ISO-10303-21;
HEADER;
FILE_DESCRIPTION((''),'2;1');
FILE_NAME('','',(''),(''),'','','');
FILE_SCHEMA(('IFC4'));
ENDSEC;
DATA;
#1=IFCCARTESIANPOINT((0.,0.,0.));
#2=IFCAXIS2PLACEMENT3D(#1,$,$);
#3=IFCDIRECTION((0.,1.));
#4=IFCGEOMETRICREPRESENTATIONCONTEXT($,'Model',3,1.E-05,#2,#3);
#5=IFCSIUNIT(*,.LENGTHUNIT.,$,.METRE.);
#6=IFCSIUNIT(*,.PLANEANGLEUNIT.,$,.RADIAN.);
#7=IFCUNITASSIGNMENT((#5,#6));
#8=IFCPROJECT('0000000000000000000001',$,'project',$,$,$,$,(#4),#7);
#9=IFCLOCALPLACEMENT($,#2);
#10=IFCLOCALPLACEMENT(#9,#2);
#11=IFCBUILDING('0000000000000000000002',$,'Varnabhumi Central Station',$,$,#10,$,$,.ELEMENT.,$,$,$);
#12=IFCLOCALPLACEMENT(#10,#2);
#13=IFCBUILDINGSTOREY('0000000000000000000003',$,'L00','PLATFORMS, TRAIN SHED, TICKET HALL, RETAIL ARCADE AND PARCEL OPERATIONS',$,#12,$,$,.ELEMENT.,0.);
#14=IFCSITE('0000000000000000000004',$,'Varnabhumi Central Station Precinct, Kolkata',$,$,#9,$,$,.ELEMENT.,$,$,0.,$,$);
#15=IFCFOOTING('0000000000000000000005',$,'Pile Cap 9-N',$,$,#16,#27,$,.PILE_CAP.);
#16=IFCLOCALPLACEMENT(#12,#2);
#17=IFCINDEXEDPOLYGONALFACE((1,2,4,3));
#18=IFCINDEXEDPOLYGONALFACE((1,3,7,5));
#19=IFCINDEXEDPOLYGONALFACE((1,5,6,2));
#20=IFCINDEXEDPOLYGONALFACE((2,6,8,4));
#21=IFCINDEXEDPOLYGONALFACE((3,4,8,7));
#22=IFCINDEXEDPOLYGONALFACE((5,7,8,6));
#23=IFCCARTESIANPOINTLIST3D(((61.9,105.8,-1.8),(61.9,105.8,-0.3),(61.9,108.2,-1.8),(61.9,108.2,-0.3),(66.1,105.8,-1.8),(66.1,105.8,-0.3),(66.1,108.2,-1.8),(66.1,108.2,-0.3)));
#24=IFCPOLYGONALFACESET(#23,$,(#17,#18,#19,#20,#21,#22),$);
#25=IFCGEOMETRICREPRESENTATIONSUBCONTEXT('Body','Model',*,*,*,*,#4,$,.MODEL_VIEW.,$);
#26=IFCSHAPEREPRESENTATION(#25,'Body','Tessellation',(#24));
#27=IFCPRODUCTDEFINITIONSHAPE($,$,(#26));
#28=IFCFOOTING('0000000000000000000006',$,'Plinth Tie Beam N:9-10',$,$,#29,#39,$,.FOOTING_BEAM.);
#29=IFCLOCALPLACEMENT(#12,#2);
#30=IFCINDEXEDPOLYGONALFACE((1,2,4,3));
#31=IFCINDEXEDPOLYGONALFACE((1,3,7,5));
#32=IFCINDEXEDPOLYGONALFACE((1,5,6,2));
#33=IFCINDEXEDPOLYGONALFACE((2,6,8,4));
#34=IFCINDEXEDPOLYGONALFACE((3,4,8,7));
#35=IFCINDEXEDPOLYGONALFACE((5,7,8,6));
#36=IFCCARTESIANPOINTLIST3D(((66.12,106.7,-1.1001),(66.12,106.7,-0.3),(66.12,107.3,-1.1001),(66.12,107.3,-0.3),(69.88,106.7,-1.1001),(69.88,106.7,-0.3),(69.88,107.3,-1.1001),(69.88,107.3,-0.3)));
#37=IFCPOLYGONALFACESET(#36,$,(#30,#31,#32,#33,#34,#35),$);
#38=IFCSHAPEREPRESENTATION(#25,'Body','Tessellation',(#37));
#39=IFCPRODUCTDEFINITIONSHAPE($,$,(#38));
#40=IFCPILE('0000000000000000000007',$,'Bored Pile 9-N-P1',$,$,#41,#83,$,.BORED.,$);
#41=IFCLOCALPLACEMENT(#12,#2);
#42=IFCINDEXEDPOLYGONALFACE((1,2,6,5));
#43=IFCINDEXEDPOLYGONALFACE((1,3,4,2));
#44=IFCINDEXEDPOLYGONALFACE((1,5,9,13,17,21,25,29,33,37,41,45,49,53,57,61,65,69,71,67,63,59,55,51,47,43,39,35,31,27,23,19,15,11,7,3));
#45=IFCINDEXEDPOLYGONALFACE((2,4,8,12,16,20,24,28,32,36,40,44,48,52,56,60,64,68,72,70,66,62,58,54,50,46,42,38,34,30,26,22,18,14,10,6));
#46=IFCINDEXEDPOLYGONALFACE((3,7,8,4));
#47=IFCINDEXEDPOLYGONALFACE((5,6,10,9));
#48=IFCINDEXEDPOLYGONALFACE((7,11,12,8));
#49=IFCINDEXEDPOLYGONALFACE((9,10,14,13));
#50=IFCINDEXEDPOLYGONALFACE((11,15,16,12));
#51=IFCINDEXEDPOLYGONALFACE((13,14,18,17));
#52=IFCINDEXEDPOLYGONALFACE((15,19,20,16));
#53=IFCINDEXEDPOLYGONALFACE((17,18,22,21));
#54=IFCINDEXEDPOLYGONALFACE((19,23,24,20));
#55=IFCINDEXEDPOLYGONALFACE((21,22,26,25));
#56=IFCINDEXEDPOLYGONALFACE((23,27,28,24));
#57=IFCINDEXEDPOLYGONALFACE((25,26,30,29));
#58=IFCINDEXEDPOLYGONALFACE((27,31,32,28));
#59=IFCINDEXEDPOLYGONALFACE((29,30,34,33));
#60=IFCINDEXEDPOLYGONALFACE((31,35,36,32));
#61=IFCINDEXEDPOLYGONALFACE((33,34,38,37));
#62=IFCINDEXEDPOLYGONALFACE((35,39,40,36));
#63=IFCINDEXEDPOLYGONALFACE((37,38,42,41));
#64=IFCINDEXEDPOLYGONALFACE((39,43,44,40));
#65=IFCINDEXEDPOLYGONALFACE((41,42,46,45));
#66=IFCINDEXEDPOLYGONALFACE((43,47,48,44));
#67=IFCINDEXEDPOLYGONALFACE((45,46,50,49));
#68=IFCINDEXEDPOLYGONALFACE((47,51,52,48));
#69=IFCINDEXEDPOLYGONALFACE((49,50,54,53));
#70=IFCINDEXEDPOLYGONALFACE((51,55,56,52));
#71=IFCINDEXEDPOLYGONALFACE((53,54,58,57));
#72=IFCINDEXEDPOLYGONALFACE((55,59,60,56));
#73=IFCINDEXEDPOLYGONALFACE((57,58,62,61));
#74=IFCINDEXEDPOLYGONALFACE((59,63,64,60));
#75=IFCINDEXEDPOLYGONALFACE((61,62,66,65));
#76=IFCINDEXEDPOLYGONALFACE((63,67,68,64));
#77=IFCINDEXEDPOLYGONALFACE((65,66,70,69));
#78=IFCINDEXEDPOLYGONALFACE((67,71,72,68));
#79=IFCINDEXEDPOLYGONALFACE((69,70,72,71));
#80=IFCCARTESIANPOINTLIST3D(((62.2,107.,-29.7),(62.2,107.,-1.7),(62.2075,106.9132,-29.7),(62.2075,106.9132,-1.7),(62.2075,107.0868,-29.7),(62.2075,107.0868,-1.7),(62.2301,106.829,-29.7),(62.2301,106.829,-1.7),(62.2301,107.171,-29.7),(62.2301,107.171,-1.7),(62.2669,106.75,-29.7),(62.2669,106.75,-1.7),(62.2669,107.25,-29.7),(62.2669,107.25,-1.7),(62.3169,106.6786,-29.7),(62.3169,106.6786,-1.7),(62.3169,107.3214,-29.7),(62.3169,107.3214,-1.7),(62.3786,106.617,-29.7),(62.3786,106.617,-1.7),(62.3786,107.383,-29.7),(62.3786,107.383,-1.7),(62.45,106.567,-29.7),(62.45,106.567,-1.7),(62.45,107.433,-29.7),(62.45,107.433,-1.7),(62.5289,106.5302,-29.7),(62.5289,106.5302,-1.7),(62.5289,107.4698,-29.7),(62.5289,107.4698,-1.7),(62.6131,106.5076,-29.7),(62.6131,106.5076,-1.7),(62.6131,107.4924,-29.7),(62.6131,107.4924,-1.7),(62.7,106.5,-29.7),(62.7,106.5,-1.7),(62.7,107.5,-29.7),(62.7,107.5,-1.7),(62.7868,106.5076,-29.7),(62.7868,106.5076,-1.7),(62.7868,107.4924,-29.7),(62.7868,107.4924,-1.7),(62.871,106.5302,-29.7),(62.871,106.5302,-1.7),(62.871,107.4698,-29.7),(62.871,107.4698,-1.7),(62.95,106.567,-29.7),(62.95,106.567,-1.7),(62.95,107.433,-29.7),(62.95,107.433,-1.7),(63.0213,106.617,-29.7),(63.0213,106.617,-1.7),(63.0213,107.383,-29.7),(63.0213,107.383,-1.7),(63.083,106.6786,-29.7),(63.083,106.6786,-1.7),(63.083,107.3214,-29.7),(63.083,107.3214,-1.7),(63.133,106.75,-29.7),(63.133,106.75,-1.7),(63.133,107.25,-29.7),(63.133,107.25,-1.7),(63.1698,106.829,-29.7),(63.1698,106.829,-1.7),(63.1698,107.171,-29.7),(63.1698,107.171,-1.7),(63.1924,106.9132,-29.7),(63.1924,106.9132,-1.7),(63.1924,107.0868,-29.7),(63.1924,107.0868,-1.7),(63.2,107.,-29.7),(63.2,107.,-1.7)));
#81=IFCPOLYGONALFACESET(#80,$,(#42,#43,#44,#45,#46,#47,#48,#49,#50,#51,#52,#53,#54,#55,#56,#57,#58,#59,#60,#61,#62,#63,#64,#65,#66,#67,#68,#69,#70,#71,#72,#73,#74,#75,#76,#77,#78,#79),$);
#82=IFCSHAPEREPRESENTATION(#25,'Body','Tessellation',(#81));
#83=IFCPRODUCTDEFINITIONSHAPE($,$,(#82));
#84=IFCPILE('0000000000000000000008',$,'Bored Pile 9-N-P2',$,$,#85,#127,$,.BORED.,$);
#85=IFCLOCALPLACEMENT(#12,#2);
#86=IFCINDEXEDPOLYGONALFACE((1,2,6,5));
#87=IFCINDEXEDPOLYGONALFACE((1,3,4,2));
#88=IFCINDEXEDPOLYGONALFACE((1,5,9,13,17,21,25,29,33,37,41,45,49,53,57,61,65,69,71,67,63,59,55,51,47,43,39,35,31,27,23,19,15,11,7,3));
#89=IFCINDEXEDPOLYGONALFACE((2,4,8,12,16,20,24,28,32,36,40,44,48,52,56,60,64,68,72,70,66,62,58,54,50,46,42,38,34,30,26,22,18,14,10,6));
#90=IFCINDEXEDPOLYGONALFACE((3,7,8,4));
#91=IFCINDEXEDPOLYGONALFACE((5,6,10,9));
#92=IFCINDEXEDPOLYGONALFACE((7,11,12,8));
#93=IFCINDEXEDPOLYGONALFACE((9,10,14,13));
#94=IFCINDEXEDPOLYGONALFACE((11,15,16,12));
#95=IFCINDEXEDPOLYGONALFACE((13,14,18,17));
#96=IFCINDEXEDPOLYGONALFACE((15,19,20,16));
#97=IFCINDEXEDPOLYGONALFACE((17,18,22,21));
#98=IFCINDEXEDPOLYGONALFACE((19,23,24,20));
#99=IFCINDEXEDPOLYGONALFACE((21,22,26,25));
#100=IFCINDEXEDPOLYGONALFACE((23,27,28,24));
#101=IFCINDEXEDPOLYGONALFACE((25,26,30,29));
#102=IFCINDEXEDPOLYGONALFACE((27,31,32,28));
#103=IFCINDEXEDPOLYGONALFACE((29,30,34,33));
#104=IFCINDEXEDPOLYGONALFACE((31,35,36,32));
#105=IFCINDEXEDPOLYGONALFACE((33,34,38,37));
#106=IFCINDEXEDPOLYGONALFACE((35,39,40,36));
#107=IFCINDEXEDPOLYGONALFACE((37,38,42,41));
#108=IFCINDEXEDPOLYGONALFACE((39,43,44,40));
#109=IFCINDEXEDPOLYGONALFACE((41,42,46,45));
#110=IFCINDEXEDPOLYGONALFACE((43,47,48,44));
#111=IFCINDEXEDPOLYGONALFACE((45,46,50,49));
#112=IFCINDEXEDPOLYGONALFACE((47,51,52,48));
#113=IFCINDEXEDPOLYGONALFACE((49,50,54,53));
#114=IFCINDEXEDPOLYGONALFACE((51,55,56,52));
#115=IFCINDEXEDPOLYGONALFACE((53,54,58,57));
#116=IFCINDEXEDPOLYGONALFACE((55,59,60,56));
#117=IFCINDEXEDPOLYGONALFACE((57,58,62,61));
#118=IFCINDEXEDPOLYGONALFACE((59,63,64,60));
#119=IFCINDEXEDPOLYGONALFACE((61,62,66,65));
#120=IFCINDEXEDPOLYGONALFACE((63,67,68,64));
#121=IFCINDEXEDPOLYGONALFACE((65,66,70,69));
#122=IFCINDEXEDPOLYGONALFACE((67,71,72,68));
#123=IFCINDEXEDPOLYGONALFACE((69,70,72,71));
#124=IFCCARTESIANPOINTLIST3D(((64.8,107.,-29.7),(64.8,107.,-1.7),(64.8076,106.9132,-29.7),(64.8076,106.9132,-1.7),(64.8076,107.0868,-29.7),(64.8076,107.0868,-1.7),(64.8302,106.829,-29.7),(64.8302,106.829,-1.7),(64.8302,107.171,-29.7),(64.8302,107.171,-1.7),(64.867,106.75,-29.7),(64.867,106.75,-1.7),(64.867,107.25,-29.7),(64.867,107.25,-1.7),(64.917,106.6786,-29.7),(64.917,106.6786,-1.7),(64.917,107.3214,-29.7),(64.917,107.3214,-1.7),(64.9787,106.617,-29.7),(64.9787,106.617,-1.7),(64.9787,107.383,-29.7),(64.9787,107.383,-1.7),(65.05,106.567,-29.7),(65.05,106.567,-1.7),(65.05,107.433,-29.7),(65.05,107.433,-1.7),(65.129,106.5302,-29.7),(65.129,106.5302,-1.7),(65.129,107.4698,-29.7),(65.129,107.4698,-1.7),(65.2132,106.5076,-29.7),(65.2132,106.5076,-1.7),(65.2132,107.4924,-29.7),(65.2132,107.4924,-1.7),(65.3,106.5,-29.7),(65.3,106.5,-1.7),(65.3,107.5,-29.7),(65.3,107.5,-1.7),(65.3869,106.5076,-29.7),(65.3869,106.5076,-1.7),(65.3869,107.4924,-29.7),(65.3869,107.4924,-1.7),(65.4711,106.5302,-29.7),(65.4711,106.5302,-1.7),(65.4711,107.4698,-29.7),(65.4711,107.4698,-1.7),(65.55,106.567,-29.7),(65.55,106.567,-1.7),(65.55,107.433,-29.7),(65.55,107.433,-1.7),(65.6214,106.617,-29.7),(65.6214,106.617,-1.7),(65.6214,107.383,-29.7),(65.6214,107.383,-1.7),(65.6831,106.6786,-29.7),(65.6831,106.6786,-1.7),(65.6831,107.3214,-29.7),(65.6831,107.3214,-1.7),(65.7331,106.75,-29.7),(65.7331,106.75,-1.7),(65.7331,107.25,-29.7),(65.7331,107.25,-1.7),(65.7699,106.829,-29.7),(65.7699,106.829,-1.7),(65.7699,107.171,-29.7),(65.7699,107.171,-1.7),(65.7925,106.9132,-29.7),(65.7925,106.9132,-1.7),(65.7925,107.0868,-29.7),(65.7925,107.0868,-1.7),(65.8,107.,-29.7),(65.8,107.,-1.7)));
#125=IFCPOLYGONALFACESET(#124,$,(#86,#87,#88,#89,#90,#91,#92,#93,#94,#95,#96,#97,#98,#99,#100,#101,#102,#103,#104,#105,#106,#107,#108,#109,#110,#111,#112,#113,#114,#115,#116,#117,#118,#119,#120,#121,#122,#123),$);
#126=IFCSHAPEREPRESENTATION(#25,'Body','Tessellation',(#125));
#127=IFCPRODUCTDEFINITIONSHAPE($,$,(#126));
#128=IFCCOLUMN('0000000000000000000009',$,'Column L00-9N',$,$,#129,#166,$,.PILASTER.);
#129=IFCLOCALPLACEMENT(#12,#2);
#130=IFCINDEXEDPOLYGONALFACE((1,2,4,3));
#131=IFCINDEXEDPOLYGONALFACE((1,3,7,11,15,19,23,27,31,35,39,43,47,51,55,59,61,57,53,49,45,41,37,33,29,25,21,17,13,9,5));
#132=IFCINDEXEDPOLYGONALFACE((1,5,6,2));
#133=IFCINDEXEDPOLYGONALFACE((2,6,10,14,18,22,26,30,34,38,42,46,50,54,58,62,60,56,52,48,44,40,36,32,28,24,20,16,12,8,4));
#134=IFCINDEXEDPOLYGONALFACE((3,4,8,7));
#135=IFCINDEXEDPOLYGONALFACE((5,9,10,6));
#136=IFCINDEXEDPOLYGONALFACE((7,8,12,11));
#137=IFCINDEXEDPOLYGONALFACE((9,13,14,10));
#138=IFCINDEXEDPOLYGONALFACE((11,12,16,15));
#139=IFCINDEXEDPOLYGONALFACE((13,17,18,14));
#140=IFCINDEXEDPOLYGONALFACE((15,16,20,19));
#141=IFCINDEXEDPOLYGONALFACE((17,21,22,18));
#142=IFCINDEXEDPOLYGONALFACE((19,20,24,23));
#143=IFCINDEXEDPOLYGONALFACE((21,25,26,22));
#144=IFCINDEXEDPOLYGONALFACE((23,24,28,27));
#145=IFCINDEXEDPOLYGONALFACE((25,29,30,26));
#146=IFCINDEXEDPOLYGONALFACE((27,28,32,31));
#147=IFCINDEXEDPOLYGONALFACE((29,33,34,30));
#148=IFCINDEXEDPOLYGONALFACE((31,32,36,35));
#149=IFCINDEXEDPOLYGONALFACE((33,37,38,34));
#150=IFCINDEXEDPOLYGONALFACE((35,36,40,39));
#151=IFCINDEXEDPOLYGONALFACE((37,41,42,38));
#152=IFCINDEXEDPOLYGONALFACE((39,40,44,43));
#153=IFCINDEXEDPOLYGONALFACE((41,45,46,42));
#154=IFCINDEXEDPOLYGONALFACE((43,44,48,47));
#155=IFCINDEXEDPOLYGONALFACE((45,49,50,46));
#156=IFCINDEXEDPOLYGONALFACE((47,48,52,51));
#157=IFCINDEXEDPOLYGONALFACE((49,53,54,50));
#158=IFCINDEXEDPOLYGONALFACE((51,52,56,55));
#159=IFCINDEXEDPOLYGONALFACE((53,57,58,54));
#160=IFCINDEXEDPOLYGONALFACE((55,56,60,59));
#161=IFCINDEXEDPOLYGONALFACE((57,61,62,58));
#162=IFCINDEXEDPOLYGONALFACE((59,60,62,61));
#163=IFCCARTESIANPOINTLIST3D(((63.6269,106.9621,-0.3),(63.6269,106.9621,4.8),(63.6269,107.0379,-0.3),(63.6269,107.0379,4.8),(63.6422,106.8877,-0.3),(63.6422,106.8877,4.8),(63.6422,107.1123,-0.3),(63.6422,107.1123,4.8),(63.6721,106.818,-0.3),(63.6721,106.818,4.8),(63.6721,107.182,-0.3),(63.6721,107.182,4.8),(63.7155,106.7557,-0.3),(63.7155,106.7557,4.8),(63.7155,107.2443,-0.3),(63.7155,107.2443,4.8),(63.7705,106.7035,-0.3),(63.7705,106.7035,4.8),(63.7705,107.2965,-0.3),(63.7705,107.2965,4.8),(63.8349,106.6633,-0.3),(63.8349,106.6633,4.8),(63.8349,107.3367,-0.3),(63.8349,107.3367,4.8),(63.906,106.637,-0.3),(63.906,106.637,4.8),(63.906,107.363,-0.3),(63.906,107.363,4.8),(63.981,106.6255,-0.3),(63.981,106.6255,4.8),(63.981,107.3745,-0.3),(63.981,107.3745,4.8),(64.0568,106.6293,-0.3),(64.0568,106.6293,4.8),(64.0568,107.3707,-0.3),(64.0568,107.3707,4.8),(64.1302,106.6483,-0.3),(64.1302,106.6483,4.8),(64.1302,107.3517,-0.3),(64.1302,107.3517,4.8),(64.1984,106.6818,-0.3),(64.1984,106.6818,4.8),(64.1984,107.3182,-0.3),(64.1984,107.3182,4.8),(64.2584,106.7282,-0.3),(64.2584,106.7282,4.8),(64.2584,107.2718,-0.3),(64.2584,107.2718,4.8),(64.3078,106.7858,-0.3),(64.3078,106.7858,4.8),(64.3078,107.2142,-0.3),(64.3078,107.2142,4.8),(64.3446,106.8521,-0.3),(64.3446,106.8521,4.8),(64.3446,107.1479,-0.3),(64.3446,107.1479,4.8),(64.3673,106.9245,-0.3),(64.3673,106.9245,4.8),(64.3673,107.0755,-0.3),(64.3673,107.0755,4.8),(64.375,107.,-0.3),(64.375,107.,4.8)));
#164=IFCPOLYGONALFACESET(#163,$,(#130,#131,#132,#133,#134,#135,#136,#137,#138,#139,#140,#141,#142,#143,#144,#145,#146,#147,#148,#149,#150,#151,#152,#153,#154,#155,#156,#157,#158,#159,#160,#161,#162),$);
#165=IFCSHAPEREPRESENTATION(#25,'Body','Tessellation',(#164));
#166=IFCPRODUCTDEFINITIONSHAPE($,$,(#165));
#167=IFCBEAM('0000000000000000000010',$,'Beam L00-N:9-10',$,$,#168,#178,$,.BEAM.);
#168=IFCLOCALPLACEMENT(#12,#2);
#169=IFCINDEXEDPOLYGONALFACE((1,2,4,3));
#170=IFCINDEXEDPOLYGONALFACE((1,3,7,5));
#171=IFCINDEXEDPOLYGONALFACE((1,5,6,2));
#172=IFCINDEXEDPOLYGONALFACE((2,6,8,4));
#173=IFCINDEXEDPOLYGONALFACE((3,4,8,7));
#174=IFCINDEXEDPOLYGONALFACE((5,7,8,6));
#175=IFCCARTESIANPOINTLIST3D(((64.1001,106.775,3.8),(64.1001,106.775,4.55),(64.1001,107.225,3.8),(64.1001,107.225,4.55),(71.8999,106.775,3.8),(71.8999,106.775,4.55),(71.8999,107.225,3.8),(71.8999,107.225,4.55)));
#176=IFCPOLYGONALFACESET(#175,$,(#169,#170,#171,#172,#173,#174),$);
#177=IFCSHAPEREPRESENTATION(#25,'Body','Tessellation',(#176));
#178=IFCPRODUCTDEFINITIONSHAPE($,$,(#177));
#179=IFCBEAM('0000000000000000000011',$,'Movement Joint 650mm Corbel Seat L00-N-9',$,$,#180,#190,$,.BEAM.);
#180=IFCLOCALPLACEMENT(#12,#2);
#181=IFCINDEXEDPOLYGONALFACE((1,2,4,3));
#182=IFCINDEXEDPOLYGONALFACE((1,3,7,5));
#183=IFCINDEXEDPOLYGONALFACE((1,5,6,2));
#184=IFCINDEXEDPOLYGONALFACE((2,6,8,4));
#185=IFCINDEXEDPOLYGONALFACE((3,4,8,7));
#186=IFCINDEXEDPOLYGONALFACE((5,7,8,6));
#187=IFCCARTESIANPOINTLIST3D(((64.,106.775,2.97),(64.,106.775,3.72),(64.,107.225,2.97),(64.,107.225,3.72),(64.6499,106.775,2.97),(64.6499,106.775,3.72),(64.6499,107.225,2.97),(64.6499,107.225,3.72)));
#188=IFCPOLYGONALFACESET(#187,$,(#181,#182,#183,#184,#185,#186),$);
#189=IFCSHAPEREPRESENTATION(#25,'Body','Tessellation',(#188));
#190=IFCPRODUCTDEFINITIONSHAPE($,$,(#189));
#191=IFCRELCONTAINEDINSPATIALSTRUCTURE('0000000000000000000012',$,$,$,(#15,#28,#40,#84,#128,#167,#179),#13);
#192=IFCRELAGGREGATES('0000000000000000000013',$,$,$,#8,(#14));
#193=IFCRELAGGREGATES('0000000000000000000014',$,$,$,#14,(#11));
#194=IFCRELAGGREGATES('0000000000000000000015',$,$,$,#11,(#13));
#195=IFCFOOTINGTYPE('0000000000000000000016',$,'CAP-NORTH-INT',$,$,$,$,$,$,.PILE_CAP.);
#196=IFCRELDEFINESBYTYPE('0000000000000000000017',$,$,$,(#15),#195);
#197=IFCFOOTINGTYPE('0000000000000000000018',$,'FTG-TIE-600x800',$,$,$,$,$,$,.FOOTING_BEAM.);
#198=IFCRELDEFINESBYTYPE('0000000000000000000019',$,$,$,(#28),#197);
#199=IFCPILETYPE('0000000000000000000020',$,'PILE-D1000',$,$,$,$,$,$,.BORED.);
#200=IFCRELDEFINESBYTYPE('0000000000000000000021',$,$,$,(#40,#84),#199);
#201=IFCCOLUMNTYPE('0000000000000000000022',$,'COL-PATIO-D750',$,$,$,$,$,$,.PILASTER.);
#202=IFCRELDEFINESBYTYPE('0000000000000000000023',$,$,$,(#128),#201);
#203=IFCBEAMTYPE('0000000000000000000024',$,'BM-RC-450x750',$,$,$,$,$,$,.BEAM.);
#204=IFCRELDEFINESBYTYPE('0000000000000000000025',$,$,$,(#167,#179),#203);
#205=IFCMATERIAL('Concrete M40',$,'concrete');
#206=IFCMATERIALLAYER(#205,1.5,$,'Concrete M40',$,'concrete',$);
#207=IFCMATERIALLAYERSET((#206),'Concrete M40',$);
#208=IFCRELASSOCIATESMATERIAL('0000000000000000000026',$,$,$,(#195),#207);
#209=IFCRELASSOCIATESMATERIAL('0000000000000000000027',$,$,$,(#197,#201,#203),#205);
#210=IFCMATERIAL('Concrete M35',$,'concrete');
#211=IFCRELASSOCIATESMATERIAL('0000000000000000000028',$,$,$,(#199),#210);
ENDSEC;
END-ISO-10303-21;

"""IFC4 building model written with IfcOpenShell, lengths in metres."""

from ifc_helpers import new_model, si_unit, direction, frame, origin, origin_2d, place, context, subcontext, project, spatial, rectangle, circle, extrude, material, layer, layer_set, material_profile, profile_set, type_object, element, save


model = new_model("IFC4")

# Units and contexts
model_context = context("Model", 3, precision=1e-05, world=origin(), true_north=direction((0.0, 1.0)))
body_context = subcontext(model_context, "Body", "Model", "MODEL_VIEW")
ifc_project = project(units=[si_unit("LENGTHUNIT", "METRE"), si_unit("PLANEANGLEUNIT", "RADIAN")], contexts=[model_context])

# Site, building, storey
site_placement = place(None, origin())
site = spatial("IfcSite", under=ifc_project, at=site_placement, Name="Varnabhumi Central Station Precinct, Kolkata", CompositionType="ELEMENT", RefElevation=0.0)
building_placement = place(site_placement, origin())
building = spatial("IfcBuilding", under=site, at=building_placement, Name="Varnabhumi Central Station", CompositionType="ELEMENT")
storey_placement = place(building_placement, origin())
storey = spatial("IfcBuildingStorey", under=building, at=storey_placement, Name="L00", Description="PLATFORMS, TRAIN SHED, TICKET HALL, RETAIL ARCADE AND PARCEL OPERATIONS", CompositionType="ELEMENT", Elevation=0.0)

# Footings
ifc_material_1 = material(Name="Concrete M40", Category="concrete")
ifc_layer_1 = layer(ifc_material_1, 1.5, Name="Concrete M40", Category="concrete")
ifc_layer_set_1 = layer_set([ifc_layer_1], Name="Concrete M40")
footing_type_1 = type_object("IfcFootingType", Name="CAP-NORTH-INT", PredefinedType="PILE_CAP", material=ifc_layer_set_1)
footing_1_placement = place(storey_placement, frame((64.0, 107.0, -1.8), z_axis=(0.0, 0.0, 1.0), x_axis=(1.0, 0.0, 0.0)))
element("IfcFooting", 1, at=footing_1_placement, inside=storey, type_object=footing_type_1, Name="Pile Cap 9-N", PredefinedType="PILE_CAP", context=body_context, shape_type="SweptSolid", body=[
    extrude(rectangle(XDim=4.2, YDim=2.3999, at=origin_2d()), origin(), (0.0, 0.0, 1.0), 1.5),
])
footing_type_2 = type_object("IfcFootingType", Name="FTG-TIE-600x800", PredefinedType="FOOTING_BEAM", material=ifc_material_1)
footing_2_placement = place(storey_placement, frame((68.0, 107.0, -1.1001), z_axis=(0.0, 0.0, 1.0), x_axis=(1.0, 0.0, 0.0)))
element("IfcFooting", 2, at=footing_2_placement, inside=storey, type_object=footing_type_2, Name="Plinth Tie Beam N:9-10", PredefinedType="FOOTING_BEAM", context=body_context, shape_type="SweptSolid", body=[
    extrude(rectangle(XDim=3.76, YDim=0.6001, at=origin_2d()), origin(), (0.0, 0.0, 1.0), 0.8),
])

# Piles
ifc_material_2 = material(Name="Concrete M35", Category="concrete")
ifc_material_profile_1 = material_profile(ifc_material_2, circle(Radius=0.5, at=origin_2d()), Name="Concrete M35", Category="concrete")
ifc_profile_set_1 = profile_set([ifc_material_profile_1], Name="Concrete M35")
pile_type = type_object("IfcPileType", Name="PILE-D1000", PredefinedType="BORED", material=ifc_profile_set_1)
for number, where, z_axis, x_axis, name in (
    (3, (62.7, 107.0, -1.7), (0.0, 0.0, -1.0), (1.0, 0.0, 0.0), "Bored Pile 9-N-P1"),
    (4, (65.3, 107.0, -1.7), (0.0, 0.0, -1.0), (1.0, 0.0, 0.0), "Bored Pile 9-N-P2"),
):
    element("IfcPile", number, at=place(storey_placement, frame(where, z_axis=z_axis, x_axis=x_axis)), inside=storey, type_object=pile_type, Name=name, PredefinedType="BORED", context=body_context, shape_type="SweptSolid", body=[
        extrude(circle(Radius=0.5, at=origin_2d()), origin(), (0.0, 0.0, 1.0), 28.0),
    ])

# Column
ifc_material_profile_2 = material_profile(ifc_material_1, circle(Radius=0.375, at=origin_2d()), Name="Concrete M40", Category="concrete")
ifc_profile_set_2 = profile_set([ifc_material_profile_2], Name="Concrete M40")
column_type = type_object("IfcColumnType", Name="COL-PATIO-D750", PredefinedType="PILASTER", material=ifc_profile_set_2)
column_placement = place(storey_placement, frame((64.0, 107.0, -0.3), z_axis=(0.0, 0.0, 1.0), x_axis=(1.0, 0.0, 0.0)))
element("IfcColumn", 5, at=column_placement, inside=storey, type_object=column_type, Name="Column L00-9N", PredefinedType="PILASTER", context=body_context, shape_type="SweptSolid", body=[
    extrude(circle(Radius=0.375, at=origin_2d()), origin(), (0.0, 0.0, 1.0), 5.1001),
])

# Beams
ifc_material_profile_3 = material_profile(ifc_material_1, rectangle(XDim=0.45, YDim=0.75, at=origin_2d()), Name="Concrete M40", Category="concrete")
ifc_profile_set_3 = profile_set([ifc_material_profile_3], Name="Concrete M40")
beam_type_1 = type_object("IfcBeamType", Name="BM-RC-450x750", PredefinedType="BEAM", material=ifc_profile_set_3)
beam_1_placement = place(storey_placement, frame((64.1001, 107.0, 4.175), z_axis=(1.0, 0.0, 0.0), x_axis=(0.0, 1.0, 0.0)))
element("IfcBeam", 6, at=beam_1_placement, inside=storey, type_object=beam_type_1, Name="Beam L00-N:9-10", PredefinedType="BEAM", context=body_context, shape_type="SweptSolid", body=[
    extrude(rectangle(XDim=0.45, YDim=0.75, at=origin_2d()), origin(), (0.0, 0.0, 1.0), 7.7998),
])
beam_2_placement = place(storey_placement, frame((64.0, 107.0, 3.345), z_axis=(1.0, 0.0, 0.0), x_axis=(0.0, 1.0, 0.0)))
element("IfcBeam", 7, at=beam_2_placement, inside=storey, type_object=beam_type_1, Name="Movement Joint 650mm Corbel Seat L00-N-9", PredefinedType="BEAM", context=body_context, shape_type="SweptSolid", body=[
    extrude(rectangle(XDim=0.45, YDim=0.75, at=origin_2d()), origin(), (0.0, 0.0, 1.0), 0.6499),
])

save(model, "model.ifc")
